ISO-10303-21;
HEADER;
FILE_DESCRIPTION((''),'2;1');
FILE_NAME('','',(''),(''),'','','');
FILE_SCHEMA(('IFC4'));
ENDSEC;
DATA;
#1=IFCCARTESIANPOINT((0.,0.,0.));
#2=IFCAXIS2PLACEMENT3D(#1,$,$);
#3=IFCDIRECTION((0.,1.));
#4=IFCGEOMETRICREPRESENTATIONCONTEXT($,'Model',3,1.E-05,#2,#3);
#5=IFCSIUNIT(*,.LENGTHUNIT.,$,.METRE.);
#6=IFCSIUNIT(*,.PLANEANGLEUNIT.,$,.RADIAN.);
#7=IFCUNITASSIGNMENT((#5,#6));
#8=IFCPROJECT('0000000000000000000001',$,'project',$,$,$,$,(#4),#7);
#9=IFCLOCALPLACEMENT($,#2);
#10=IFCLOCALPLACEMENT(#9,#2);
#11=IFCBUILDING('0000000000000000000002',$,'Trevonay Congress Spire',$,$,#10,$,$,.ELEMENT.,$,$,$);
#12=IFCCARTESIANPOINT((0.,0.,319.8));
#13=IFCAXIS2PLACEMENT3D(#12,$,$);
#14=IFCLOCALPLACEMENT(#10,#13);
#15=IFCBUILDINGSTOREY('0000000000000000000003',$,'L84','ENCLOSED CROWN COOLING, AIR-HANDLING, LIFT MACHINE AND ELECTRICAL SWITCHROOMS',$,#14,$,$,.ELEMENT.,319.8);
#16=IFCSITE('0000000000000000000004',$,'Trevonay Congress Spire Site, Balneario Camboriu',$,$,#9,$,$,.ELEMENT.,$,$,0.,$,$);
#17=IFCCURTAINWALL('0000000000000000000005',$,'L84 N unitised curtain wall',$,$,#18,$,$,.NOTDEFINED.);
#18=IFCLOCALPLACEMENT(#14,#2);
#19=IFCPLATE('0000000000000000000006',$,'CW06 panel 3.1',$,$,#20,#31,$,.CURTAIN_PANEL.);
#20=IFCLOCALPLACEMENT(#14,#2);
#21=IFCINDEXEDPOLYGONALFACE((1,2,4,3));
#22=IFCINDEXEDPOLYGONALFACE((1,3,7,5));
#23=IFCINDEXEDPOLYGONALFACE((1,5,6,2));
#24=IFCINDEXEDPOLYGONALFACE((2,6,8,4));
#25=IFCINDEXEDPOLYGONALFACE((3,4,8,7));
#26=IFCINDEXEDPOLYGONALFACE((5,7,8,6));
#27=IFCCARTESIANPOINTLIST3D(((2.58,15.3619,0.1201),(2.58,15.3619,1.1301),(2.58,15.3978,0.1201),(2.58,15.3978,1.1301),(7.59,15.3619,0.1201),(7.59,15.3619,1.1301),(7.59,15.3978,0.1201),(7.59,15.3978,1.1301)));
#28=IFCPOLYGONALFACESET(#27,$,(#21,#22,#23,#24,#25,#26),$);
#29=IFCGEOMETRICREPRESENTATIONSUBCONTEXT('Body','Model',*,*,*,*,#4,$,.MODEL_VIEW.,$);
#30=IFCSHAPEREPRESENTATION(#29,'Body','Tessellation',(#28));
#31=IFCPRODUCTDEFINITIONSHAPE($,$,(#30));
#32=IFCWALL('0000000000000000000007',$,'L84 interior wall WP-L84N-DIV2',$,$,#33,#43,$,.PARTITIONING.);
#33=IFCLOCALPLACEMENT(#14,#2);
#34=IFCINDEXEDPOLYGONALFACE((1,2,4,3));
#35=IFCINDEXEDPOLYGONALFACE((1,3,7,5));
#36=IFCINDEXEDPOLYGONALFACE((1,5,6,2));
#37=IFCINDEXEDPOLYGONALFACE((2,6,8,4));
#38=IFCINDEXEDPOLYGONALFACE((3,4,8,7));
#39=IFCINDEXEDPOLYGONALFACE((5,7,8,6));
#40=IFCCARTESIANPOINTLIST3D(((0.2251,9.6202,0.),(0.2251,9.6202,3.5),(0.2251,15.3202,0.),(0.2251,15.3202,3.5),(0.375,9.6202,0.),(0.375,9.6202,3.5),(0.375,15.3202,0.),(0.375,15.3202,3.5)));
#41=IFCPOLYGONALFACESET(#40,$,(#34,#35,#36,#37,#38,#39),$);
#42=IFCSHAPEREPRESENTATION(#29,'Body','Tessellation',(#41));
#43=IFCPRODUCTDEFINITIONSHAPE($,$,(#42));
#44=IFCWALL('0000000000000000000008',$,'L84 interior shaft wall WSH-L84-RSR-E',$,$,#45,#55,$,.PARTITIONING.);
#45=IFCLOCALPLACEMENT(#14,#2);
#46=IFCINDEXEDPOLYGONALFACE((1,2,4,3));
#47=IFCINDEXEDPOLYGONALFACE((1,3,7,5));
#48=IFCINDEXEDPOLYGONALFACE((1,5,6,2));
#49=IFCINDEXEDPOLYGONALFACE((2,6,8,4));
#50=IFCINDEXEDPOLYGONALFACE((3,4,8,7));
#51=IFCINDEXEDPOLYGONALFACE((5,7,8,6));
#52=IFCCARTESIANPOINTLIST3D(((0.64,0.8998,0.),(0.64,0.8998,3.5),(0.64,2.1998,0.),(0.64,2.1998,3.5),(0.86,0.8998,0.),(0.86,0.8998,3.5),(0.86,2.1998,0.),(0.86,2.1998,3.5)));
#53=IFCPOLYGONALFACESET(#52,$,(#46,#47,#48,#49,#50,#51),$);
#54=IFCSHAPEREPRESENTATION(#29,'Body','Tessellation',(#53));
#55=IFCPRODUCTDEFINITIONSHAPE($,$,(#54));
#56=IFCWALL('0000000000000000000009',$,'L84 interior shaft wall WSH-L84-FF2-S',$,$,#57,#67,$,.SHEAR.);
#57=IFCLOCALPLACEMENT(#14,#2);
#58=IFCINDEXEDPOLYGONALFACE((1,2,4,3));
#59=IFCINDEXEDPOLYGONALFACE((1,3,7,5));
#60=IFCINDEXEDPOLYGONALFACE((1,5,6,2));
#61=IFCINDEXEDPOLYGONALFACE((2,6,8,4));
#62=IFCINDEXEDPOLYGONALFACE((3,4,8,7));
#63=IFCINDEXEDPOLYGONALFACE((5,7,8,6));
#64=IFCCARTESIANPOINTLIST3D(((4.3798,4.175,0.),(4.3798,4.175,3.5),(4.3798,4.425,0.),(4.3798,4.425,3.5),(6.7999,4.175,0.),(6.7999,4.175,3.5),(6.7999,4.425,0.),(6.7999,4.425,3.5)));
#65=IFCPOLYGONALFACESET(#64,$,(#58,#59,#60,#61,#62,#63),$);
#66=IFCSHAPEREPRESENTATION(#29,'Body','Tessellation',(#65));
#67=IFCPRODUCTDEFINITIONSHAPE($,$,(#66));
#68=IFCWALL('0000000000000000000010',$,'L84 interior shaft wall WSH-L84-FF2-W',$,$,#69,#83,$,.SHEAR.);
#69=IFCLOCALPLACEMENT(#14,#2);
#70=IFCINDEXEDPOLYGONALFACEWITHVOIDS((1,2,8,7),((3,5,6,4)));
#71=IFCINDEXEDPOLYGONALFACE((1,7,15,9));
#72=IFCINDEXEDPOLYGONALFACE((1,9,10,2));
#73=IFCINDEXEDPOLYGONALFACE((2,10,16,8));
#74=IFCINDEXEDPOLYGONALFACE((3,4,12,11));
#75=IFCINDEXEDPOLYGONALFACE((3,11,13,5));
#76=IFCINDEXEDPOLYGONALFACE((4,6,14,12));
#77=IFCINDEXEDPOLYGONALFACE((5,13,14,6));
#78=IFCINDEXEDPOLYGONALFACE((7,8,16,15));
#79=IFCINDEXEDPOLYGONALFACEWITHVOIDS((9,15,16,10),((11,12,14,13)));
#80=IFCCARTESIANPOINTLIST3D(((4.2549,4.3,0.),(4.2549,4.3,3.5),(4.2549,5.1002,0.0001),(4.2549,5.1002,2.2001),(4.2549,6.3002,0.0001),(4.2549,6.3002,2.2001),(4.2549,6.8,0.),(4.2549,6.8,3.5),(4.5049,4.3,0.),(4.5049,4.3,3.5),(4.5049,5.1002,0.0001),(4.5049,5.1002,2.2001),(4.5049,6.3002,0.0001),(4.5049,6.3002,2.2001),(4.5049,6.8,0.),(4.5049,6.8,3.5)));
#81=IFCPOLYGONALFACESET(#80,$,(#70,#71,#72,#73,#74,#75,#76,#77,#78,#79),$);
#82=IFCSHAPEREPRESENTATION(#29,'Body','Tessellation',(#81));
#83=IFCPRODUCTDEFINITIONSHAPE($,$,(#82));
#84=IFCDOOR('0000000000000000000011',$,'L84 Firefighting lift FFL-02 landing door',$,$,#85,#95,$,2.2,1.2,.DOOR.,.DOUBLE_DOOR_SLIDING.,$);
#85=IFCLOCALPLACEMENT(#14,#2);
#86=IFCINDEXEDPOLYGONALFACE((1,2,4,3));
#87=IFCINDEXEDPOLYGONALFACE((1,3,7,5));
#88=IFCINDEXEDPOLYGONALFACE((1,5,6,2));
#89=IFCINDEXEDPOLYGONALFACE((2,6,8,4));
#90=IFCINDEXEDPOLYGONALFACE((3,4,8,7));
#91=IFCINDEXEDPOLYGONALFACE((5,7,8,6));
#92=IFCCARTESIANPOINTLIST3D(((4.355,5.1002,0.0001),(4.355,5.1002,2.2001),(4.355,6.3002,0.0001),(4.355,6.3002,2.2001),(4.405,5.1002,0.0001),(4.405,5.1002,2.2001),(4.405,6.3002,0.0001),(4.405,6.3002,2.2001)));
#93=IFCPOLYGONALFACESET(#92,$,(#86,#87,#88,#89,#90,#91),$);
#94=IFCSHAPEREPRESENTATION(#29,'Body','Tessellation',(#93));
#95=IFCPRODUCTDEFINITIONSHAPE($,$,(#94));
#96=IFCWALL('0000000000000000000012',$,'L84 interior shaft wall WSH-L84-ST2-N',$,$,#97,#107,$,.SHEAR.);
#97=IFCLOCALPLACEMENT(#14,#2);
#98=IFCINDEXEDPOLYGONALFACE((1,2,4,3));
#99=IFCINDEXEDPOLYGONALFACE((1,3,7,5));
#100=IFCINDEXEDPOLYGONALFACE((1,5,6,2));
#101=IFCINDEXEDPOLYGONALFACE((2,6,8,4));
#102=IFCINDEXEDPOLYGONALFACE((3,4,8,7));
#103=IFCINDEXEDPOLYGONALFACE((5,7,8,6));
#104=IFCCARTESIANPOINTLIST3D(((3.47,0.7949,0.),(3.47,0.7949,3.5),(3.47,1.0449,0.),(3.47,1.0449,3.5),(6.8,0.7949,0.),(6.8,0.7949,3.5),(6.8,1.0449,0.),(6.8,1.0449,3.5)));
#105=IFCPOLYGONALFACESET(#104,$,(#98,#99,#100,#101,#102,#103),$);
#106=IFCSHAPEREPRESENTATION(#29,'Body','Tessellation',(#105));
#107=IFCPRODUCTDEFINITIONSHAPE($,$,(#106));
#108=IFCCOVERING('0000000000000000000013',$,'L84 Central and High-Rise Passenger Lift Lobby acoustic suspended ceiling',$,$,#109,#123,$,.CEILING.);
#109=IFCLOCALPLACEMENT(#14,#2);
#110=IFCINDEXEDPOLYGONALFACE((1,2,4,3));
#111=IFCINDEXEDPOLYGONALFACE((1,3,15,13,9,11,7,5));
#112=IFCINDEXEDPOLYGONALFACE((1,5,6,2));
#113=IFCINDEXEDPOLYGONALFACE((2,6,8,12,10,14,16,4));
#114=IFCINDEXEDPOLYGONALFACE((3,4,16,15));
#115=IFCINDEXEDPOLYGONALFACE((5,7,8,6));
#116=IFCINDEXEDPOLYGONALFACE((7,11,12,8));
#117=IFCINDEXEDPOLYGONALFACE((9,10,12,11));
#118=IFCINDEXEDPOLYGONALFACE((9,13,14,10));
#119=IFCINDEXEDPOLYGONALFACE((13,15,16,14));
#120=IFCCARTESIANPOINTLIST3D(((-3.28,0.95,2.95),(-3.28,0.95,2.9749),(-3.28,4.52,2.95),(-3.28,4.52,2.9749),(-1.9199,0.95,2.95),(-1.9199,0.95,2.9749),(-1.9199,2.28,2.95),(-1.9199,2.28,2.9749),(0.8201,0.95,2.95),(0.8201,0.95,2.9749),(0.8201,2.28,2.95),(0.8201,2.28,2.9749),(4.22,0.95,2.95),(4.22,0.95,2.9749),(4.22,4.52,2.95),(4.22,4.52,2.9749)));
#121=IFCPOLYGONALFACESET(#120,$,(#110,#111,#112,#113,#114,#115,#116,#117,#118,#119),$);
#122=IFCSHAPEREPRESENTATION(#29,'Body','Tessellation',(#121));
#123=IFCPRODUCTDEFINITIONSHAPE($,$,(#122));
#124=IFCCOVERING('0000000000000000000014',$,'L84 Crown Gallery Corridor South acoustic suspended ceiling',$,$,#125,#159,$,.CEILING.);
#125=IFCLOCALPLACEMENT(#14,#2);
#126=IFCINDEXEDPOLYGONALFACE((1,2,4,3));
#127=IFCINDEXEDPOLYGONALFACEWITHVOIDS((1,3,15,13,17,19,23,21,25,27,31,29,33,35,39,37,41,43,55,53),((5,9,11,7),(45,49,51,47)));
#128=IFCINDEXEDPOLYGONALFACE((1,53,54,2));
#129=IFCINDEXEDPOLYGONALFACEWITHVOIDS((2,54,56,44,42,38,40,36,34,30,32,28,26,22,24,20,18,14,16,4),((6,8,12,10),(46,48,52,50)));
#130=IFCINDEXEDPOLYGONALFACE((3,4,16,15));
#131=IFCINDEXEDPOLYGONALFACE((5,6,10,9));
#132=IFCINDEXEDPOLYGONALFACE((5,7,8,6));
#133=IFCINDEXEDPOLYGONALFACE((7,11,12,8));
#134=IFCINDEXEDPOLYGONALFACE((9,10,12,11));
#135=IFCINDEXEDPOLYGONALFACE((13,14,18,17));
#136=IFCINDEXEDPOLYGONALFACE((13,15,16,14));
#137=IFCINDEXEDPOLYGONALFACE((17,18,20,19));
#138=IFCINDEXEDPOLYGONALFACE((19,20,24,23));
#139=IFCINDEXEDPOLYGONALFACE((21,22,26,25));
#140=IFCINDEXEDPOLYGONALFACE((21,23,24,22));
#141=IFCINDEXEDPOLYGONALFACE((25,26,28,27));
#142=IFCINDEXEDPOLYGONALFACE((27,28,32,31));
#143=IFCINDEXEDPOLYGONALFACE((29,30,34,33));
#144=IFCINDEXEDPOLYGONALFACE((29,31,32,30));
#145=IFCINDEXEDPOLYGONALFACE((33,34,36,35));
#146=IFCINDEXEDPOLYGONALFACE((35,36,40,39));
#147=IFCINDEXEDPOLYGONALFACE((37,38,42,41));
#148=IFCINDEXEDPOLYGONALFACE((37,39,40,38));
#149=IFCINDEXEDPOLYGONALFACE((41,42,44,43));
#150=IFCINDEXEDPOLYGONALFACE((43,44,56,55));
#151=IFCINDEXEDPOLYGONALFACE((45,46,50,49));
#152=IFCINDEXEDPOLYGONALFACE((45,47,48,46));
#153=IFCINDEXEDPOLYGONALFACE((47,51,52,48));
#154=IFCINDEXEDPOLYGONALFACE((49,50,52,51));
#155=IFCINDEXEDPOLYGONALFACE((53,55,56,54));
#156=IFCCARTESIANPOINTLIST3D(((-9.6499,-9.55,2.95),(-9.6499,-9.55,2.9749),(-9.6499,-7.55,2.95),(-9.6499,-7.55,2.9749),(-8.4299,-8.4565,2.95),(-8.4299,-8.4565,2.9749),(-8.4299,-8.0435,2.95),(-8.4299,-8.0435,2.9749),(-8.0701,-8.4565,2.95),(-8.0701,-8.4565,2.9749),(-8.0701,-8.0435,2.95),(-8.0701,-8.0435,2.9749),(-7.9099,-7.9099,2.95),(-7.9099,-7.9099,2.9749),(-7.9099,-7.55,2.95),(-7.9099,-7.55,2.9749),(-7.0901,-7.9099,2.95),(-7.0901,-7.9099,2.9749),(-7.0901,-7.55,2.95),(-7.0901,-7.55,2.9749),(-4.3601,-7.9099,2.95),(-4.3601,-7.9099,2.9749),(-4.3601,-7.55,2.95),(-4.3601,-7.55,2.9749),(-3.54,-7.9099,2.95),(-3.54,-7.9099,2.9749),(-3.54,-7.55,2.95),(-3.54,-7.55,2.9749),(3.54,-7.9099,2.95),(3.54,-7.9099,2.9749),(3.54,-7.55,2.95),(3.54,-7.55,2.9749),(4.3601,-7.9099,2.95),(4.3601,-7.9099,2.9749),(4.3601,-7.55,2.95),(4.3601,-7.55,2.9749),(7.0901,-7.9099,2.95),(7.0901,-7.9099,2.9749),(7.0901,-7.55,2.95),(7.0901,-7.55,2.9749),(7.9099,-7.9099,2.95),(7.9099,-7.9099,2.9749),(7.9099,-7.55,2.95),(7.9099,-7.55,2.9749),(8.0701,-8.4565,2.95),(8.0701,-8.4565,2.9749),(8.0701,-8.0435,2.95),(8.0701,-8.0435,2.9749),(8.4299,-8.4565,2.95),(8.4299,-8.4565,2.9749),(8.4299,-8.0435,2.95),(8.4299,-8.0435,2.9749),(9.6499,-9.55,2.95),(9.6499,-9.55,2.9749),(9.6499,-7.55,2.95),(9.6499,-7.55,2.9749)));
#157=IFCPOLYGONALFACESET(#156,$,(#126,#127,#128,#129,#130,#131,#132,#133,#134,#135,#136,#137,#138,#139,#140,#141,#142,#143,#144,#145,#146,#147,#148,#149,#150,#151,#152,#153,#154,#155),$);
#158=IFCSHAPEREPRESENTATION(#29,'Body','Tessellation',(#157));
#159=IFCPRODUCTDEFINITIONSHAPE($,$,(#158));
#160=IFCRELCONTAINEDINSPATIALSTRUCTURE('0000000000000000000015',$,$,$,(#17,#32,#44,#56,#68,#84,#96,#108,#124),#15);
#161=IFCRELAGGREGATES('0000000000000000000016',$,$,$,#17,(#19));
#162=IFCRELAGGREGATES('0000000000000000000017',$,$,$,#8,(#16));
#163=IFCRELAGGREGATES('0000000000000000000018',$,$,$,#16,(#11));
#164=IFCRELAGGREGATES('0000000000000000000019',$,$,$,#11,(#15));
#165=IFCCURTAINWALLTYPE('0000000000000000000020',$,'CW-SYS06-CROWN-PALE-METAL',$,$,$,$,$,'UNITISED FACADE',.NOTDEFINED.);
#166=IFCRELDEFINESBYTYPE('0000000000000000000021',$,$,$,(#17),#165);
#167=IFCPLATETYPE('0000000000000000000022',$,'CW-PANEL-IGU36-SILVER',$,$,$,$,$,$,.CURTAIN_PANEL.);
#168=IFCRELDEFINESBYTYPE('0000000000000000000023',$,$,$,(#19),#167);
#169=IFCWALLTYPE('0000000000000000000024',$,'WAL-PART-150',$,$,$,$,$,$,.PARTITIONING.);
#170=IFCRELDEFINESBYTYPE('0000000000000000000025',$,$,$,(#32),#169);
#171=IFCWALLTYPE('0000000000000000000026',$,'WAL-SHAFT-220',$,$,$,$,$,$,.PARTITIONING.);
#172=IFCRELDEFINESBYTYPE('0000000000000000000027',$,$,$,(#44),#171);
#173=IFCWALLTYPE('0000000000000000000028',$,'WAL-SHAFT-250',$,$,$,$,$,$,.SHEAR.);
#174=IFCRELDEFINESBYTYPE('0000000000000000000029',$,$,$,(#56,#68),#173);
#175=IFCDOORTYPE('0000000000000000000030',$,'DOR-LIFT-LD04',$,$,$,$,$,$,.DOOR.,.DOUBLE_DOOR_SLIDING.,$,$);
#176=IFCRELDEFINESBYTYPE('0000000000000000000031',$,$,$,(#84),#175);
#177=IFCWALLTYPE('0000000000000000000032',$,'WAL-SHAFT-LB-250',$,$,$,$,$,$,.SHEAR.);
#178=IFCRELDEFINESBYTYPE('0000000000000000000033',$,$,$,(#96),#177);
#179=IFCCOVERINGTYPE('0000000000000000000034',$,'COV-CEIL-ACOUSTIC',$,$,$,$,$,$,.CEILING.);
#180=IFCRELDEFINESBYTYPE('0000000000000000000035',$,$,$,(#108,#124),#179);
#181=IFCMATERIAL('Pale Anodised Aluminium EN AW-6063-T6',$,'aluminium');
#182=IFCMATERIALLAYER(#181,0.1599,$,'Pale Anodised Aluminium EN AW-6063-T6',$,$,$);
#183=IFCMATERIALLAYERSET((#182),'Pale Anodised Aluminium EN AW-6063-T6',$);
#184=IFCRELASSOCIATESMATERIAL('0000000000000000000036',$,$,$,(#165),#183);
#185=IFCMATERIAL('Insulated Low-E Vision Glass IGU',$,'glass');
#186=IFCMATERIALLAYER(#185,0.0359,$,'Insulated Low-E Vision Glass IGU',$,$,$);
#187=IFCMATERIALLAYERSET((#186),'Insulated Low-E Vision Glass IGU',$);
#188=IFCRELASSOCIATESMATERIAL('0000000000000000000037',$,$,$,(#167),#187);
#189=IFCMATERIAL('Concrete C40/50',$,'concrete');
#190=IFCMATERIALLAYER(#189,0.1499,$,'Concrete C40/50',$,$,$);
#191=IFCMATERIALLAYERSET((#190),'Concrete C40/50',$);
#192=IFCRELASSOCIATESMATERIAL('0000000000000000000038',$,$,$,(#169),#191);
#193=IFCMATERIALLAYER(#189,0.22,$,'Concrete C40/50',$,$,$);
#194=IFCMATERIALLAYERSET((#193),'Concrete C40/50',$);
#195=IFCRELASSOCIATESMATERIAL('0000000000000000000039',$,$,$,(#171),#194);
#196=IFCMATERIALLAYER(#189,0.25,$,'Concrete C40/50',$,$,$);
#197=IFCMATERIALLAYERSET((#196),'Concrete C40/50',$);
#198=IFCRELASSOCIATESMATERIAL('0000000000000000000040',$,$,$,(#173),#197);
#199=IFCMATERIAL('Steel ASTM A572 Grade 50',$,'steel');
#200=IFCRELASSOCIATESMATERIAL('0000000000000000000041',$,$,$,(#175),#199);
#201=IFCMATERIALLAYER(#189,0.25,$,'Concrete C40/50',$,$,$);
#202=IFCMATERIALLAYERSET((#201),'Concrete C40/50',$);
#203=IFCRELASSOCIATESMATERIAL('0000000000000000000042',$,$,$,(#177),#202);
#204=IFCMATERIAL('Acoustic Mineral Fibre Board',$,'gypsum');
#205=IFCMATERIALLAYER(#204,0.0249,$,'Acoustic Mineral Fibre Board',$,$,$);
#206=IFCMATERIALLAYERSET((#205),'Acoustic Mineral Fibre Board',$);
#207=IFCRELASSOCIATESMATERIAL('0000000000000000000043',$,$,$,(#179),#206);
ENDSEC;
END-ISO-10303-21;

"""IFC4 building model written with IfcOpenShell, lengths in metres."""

from ifc_helpers import new_model, si_unit, direction, frame, frame_2d, origin, origin_2d, place, context, subcontext, project, spatial, polyline, rectangle, outline, extrude, material, layer, layer_set, type_object, element, fill, aggregate, save


model = new_model("IFC4")

# Units and contexts
model_context = context("Model", 3, precision=1e-05, world=origin(), true_north=direction((0.0, 1.0)))
body_context = subcontext(model_context, "Body", "Model", "MODEL_VIEW")
ifc_project = project(units=[si_unit("LENGTHUNIT", "METRE"), si_unit("PLANEANGLEUNIT", "RADIAN")], contexts=[model_context])

# Site, building, storey
site_placement = place(None, origin())
site = spatial("IfcSite", under=ifc_project, at=site_placement, Name="Trevonay Congress Spire Site, Balneario Camboriu", CompositionType="ELEMENT", RefElevation=0.0)
building_placement = place(site_placement, origin())
building = spatial("IfcBuilding", under=site, at=building_placement, Name="Trevonay Congress Spire", CompositionType="ELEMENT")
storey_placement = place(building_placement, frame((0.0, 0.0, 319.8)))
storey = spatial("IfcBuildingStorey", under=building, at=storey_placement, Name="L84", Description="ENCLOSED CROWN COOLING, AIR-HANDLING, LIFT MACHINE AND ELECTRICAL SWITCHROOMS", CompositionType="ELEMENT", Elevation=319.8)

# Shared definitions
ifc_material_1 = material(Name="Steel ASTM A572 Grade 50", Category="steel")

# Curtain wall
ifc_material_2 = material(Name="Pale Anodised Aluminium EN AW-6063-T6", Category="aluminium")
ifc_layer_1 = layer(ifc_material_2, 0.1599, Name="Pale Anodised Aluminium EN AW-6063-T6")
ifc_layer_set_1 = layer_set([ifc_layer_1], Name="Pale Anodised Aluminium EN AW-6063-T6")
curtain_wall_type = type_object("IfcCurtainWallType", Name="CW-SYS06-CROWN-PALE-METAL", ElementType="UNITISED FACADE", PredefinedType="NOTDEFINED", material=ifc_layer_set_1)
curtain_wall_placement = place(storey_placement, origin())
curtain_wall = element("IfcCurtainWall", 1, at=curtain_wall_placement, inside=storey, type_object=curtain_wall_type, Name="L84 N unitised curtain wall", PredefinedType="NOTDEFINED")

# Plate
ifc_material_3 = material(Name="Insulated Low-E Vision Glass IGU", Category="glass")
ifc_layer_2 = layer(ifc_material_3, 0.0359, Name="Insulated Low-E Vision Glass IGU")
ifc_layer_set_2 = layer_set([ifc_layer_2], Name="Insulated Low-E Vision Glass IGU")
plate_type = type_object("IfcPlateType", Name="CW-PANEL-IGU36-SILVER", PredefinedType="CURTAIN_PANEL", material=ifc_layer_set_2)
plate_1_placement = place(storey_placement, frame((5.085, 15.3799, 0.1201), z_axis=(0.0, 0.0, 1.0), x_axis=(1.0, 0.0, 0.0)))
plate_1 = element("IfcPlate", 2, at=plate_1_placement, type_object=plate_type, Name="CW06 panel 3.1", PredefinedType="CURTAIN_PANEL", context=body_context, shape_type="SweptSolid", body=[
    extrude(rectangle(XDim=5.01, YDim=0.0359, at=origin_2d()), origin(), (0.0, 0.0, 1.0), 1.01),
])
aggregate(curtain_wall, [plate_1])

# Walls
ifc_material_4 = material(Name="Concrete C40/50", Category="concrete")
ifc_layer_3 = layer(ifc_material_4, 0.1499, Name="Concrete C40/50")
ifc_layer_set_3 = layer_set([ifc_layer_3], Name="Concrete C40/50")
wall_type_1 = type_object("IfcWallType", Name="WAL-PART-150", PredefinedType="PARTITIONING", material=ifc_layer_set_3)
wall_1_placement = place(storey_placement, frame((0.3, 9.6201, 0.0), z_axis=(0.0, 0.0, 1.0), x_axis=(0.0, 1.0, 0.0)))
element("IfcWall", 3, at=wall_1_placement, inside=storey, type_object=wall_type_1, Name="L84 interior wall WP-L84N-DIV2", PredefinedType="PARTITIONING", context=body_context, shape_type="SweptSolid", body=[
    extrude(rectangle(XDim=5.7, YDim=0.1499, at=frame_2d((2.8501, 0.0))), origin(), (0.0, 0.0, 1.0), 3.5),
])
ifc_layer_4 = layer(ifc_material_4, 0.22, Name="Concrete C40/50")
ifc_layer_set_4 = layer_set([ifc_layer_4], Name="Concrete C40/50")
wall_type_2 = type_object("IfcWallType", Name="WAL-SHAFT-220", PredefinedType="PARTITIONING", material=ifc_layer_set_4)
wall_2_placement = place(storey_placement, frame((0.75, 0.8999, 0.0), z_axis=(0.0, 0.0, 1.0), x_axis=(0.0, 1.0, 0.0)))
element("IfcWall", 4, at=wall_2_placement, inside=storey, type_object=wall_type_2, Name="L84 interior shaft wall WSH-L84-RSR-E", PredefinedType="PARTITIONING", context=body_context, shape_type="SweptSolid", body=[
    extrude(rectangle(XDim=1.3, YDim=0.22, at=frame_2d((0.6499, 0.0))), origin(), (0.0, 0.0, 1.0), 3.5),
])
ifc_layer_5 = layer(ifc_material_4, 0.25, Name="Concrete C40/50")
ifc_layer_set_5 = layer_set([ifc_layer_5], Name="Concrete C40/50")
wall_type_3 = type_object("IfcWallType", Name="WAL-SHAFT-250", PredefinedType="SHEAR", material=ifc_layer_set_5)
wall_3_placement = place(storey_placement, frame((4.3799, 4.3, 0.0), z_axis=(0.0, 0.0, 1.0), x_axis=(1.0, 0.0, 0.0)))
element("IfcWall", 5, at=wall_3_placement, inside=storey, type_object=wall_type_3, Name="L84 interior shaft wall WSH-L84-FF2-S", PredefinedType="SHEAR", context=body_context, shape_type="SweptSolid", body=[
    extrude(rectangle(XDim=2.4202, YDim=0.25, at=frame_2d((1.21, 0.0))), origin(), (0.0, 0.0, 1.0), 3.5),
])

# Wall, opening, door
wall_4_placement = place(storey_placement, frame((4.3799, 4.3, 0.0), z_axis=(0.0, 0.0, 1.0), x_axis=(0.0, 1.0, 0.0)))
wall_4 = element("IfcWall", 6, at=wall_4_placement, inside=storey, type_object=wall_type_3, Name="L84 interior shaft wall WSH-L84-FF2-W", PredefinedType="SHEAR", context=body_context, shape_type="SweptSolid", body=[
    extrude(rectangle(XDim=2.5, YDim=0.25, at=frame_2d((1.25, 0.0))), origin(), (0.0, 0.0, 1.0), 3.5),
])
opening_placement = place(wall_4_placement, frame((0.8, 0.0, 0.0)))
opening = element("IfcOpeningElement", 7, at=opening_placement, cuts=wall_4, PredefinedType="OPENING", context=body_context, shape_type="SweptSolid", body=[
    extrude(rectangle(XDim=1.2, YDim=2.2, at=frame_2d((0.6001, 1.1001))), frame((0.0, 0.135, 0.0), z_axis=(0.0, -1.0, 0.0), x_axis=(1.0, 0.0, 0.0)), (0.0, 0.0, 1.0), 0.27),
])
door_type = type_object("IfcDoorType", Name="DOR-LIFT-LD04", OperationType="DOUBLE_DOOR_SLIDING", PredefinedType="DOOR", material=ifc_material_1)
door_placement = place(opening_placement, origin())
door = element("IfcDoor", 8, at=door_placement, inside=storey, type_object=door_type, Name="L84 Firefighting lift FFL-02 landing door", OperationType="DOUBLE_DOOR_SLIDING", OverallHeight=2.2, OverallWidth=1.2, PredefinedType="DOOR", context=body_context, shape_type="SweptSolid", body=[
    extrude(rectangle(XDim=1.2, YDim=2.2, at=frame_2d((0.6001, 1.1001))), frame((0.0, 0.0249, 0.0), z_axis=(0.0, -1.0, 0.0), x_axis=(1.0, 0.0, 0.0)), (0.0, 0.0, 1.0), 0.05),
])
fill(opening, door)

# Wall
ifc_layer_6 = layer(ifc_material_4, 0.25, Name="Concrete C40/50")
ifc_layer_set_6 = layer_set([ifc_layer_6], Name="Concrete C40/50")
wall_type_4 = type_object("IfcWallType", Name="WAL-SHAFT-LB-250", PredefinedType="SHEAR", material=ifc_layer_set_6)
wall_5_placement = place(storey_placement, frame((3.47, 0.9199, 0.0), z_axis=(0.0, 0.0, 1.0), x_axis=(1.0, 0.0, 0.0)))
element("IfcWall", 9, at=wall_5_placement, inside=storey, type_object=wall_type_4, Name="L84 interior shaft wall WSH-L84-ST2-N", PredefinedType="SHEAR", context=body_context, shape_type="SweptSolid", body=[
    extrude(rectangle(XDim=3.3301, YDim=0.25, at=frame_2d((1.665, 0.0))), origin(), (0.0, 0.0, 1.0), 3.5),
])

# Coverings
ifc_material_5 = material(Name="Acoustic Mineral Fibre Board", Category="gypsum")
ifc_layer_7 = layer(ifc_material_5, 0.0249, Name="Acoustic Mineral Fibre Board")
ifc_layer_set_7 = layer_set([ifc_layer_7], Name="Acoustic Mineral Fibre Board")
covering_type_1 = type_object("IfcCoveringType", Name="COV-CEIL-ACOUSTIC", PredefinedType="CEILING", material=ifc_layer_set_7)
covering_1_placement = place(storey_placement, frame((0.0, 0.0, 2.95)))
element("IfcCovering", 10, at=covering_1_placement, inside=storey, type_object=covering_type_1, Name="L84 Central and High-Rise Passenger Lift Lobby acoustic suspended ceiling", PredefinedType="CEILING", context=body_context, shape_type="SweptSolid", body=[
    extrude(outline(polyline([(-3.28, 0.95), (-1.9199, 0.95), (-1.9199, 2.28), (0.8201, 2.28), (0.8201, 0.95), (4.22, 0.95), (4.22, 4.52), (-3.28, 4.52), (-3.28, 0.95)])), origin(), (0.0, 0.0, 1.0), 0.0249),
])
covering_2_placement = place(storey_placement, frame((0.0, 0.0, 2.95)))
element("IfcCovering", 11, at=covering_2_placement, inside=storey, type_object=covering_type_1, Name="L84 Crown Gallery Corridor South acoustic suspended ceiling", PredefinedType="CEILING", context=body_context, shape_type="SweptSolid", body=[
    extrude(outline(polyline([(9.6499, -7.55), (9.6499, -9.55), (-9.6499, -9.55), (-9.6499, -7.55), (-7.9099, -7.55), (-7.9099, -7.9099), (-7.0901, -7.9099), (-7.0901, -7.55), (-4.3601, -7.55), (-4.3601, -7.9099), (-3.54, -7.9099), (-3.54, -7.55), (3.54, -7.55), (3.54, -7.9099), (4.3601, -7.9099), (4.3601, -7.55), (7.0901, -7.55), (7.0901, -7.9099), (7.9099, -7.9099), (7.9099, -7.55), (9.6499, -7.55)]), holes=[polyline([(-8.4299, -8.0435), (-8.4299, -8.4565), (-8.0701, -8.4565), (-8.0701, -8.0435), (-8.4299, -8.0435)]), polyline([(8.4299, -8.0435), (8.0701, -8.0435), (8.0701, -8.4565), (8.4299, -8.4565), (8.4299, -8.0435)])]), origin(), (0.0, 0.0, 1.0), 0.0249),
])

save(model, "model.ifc")
